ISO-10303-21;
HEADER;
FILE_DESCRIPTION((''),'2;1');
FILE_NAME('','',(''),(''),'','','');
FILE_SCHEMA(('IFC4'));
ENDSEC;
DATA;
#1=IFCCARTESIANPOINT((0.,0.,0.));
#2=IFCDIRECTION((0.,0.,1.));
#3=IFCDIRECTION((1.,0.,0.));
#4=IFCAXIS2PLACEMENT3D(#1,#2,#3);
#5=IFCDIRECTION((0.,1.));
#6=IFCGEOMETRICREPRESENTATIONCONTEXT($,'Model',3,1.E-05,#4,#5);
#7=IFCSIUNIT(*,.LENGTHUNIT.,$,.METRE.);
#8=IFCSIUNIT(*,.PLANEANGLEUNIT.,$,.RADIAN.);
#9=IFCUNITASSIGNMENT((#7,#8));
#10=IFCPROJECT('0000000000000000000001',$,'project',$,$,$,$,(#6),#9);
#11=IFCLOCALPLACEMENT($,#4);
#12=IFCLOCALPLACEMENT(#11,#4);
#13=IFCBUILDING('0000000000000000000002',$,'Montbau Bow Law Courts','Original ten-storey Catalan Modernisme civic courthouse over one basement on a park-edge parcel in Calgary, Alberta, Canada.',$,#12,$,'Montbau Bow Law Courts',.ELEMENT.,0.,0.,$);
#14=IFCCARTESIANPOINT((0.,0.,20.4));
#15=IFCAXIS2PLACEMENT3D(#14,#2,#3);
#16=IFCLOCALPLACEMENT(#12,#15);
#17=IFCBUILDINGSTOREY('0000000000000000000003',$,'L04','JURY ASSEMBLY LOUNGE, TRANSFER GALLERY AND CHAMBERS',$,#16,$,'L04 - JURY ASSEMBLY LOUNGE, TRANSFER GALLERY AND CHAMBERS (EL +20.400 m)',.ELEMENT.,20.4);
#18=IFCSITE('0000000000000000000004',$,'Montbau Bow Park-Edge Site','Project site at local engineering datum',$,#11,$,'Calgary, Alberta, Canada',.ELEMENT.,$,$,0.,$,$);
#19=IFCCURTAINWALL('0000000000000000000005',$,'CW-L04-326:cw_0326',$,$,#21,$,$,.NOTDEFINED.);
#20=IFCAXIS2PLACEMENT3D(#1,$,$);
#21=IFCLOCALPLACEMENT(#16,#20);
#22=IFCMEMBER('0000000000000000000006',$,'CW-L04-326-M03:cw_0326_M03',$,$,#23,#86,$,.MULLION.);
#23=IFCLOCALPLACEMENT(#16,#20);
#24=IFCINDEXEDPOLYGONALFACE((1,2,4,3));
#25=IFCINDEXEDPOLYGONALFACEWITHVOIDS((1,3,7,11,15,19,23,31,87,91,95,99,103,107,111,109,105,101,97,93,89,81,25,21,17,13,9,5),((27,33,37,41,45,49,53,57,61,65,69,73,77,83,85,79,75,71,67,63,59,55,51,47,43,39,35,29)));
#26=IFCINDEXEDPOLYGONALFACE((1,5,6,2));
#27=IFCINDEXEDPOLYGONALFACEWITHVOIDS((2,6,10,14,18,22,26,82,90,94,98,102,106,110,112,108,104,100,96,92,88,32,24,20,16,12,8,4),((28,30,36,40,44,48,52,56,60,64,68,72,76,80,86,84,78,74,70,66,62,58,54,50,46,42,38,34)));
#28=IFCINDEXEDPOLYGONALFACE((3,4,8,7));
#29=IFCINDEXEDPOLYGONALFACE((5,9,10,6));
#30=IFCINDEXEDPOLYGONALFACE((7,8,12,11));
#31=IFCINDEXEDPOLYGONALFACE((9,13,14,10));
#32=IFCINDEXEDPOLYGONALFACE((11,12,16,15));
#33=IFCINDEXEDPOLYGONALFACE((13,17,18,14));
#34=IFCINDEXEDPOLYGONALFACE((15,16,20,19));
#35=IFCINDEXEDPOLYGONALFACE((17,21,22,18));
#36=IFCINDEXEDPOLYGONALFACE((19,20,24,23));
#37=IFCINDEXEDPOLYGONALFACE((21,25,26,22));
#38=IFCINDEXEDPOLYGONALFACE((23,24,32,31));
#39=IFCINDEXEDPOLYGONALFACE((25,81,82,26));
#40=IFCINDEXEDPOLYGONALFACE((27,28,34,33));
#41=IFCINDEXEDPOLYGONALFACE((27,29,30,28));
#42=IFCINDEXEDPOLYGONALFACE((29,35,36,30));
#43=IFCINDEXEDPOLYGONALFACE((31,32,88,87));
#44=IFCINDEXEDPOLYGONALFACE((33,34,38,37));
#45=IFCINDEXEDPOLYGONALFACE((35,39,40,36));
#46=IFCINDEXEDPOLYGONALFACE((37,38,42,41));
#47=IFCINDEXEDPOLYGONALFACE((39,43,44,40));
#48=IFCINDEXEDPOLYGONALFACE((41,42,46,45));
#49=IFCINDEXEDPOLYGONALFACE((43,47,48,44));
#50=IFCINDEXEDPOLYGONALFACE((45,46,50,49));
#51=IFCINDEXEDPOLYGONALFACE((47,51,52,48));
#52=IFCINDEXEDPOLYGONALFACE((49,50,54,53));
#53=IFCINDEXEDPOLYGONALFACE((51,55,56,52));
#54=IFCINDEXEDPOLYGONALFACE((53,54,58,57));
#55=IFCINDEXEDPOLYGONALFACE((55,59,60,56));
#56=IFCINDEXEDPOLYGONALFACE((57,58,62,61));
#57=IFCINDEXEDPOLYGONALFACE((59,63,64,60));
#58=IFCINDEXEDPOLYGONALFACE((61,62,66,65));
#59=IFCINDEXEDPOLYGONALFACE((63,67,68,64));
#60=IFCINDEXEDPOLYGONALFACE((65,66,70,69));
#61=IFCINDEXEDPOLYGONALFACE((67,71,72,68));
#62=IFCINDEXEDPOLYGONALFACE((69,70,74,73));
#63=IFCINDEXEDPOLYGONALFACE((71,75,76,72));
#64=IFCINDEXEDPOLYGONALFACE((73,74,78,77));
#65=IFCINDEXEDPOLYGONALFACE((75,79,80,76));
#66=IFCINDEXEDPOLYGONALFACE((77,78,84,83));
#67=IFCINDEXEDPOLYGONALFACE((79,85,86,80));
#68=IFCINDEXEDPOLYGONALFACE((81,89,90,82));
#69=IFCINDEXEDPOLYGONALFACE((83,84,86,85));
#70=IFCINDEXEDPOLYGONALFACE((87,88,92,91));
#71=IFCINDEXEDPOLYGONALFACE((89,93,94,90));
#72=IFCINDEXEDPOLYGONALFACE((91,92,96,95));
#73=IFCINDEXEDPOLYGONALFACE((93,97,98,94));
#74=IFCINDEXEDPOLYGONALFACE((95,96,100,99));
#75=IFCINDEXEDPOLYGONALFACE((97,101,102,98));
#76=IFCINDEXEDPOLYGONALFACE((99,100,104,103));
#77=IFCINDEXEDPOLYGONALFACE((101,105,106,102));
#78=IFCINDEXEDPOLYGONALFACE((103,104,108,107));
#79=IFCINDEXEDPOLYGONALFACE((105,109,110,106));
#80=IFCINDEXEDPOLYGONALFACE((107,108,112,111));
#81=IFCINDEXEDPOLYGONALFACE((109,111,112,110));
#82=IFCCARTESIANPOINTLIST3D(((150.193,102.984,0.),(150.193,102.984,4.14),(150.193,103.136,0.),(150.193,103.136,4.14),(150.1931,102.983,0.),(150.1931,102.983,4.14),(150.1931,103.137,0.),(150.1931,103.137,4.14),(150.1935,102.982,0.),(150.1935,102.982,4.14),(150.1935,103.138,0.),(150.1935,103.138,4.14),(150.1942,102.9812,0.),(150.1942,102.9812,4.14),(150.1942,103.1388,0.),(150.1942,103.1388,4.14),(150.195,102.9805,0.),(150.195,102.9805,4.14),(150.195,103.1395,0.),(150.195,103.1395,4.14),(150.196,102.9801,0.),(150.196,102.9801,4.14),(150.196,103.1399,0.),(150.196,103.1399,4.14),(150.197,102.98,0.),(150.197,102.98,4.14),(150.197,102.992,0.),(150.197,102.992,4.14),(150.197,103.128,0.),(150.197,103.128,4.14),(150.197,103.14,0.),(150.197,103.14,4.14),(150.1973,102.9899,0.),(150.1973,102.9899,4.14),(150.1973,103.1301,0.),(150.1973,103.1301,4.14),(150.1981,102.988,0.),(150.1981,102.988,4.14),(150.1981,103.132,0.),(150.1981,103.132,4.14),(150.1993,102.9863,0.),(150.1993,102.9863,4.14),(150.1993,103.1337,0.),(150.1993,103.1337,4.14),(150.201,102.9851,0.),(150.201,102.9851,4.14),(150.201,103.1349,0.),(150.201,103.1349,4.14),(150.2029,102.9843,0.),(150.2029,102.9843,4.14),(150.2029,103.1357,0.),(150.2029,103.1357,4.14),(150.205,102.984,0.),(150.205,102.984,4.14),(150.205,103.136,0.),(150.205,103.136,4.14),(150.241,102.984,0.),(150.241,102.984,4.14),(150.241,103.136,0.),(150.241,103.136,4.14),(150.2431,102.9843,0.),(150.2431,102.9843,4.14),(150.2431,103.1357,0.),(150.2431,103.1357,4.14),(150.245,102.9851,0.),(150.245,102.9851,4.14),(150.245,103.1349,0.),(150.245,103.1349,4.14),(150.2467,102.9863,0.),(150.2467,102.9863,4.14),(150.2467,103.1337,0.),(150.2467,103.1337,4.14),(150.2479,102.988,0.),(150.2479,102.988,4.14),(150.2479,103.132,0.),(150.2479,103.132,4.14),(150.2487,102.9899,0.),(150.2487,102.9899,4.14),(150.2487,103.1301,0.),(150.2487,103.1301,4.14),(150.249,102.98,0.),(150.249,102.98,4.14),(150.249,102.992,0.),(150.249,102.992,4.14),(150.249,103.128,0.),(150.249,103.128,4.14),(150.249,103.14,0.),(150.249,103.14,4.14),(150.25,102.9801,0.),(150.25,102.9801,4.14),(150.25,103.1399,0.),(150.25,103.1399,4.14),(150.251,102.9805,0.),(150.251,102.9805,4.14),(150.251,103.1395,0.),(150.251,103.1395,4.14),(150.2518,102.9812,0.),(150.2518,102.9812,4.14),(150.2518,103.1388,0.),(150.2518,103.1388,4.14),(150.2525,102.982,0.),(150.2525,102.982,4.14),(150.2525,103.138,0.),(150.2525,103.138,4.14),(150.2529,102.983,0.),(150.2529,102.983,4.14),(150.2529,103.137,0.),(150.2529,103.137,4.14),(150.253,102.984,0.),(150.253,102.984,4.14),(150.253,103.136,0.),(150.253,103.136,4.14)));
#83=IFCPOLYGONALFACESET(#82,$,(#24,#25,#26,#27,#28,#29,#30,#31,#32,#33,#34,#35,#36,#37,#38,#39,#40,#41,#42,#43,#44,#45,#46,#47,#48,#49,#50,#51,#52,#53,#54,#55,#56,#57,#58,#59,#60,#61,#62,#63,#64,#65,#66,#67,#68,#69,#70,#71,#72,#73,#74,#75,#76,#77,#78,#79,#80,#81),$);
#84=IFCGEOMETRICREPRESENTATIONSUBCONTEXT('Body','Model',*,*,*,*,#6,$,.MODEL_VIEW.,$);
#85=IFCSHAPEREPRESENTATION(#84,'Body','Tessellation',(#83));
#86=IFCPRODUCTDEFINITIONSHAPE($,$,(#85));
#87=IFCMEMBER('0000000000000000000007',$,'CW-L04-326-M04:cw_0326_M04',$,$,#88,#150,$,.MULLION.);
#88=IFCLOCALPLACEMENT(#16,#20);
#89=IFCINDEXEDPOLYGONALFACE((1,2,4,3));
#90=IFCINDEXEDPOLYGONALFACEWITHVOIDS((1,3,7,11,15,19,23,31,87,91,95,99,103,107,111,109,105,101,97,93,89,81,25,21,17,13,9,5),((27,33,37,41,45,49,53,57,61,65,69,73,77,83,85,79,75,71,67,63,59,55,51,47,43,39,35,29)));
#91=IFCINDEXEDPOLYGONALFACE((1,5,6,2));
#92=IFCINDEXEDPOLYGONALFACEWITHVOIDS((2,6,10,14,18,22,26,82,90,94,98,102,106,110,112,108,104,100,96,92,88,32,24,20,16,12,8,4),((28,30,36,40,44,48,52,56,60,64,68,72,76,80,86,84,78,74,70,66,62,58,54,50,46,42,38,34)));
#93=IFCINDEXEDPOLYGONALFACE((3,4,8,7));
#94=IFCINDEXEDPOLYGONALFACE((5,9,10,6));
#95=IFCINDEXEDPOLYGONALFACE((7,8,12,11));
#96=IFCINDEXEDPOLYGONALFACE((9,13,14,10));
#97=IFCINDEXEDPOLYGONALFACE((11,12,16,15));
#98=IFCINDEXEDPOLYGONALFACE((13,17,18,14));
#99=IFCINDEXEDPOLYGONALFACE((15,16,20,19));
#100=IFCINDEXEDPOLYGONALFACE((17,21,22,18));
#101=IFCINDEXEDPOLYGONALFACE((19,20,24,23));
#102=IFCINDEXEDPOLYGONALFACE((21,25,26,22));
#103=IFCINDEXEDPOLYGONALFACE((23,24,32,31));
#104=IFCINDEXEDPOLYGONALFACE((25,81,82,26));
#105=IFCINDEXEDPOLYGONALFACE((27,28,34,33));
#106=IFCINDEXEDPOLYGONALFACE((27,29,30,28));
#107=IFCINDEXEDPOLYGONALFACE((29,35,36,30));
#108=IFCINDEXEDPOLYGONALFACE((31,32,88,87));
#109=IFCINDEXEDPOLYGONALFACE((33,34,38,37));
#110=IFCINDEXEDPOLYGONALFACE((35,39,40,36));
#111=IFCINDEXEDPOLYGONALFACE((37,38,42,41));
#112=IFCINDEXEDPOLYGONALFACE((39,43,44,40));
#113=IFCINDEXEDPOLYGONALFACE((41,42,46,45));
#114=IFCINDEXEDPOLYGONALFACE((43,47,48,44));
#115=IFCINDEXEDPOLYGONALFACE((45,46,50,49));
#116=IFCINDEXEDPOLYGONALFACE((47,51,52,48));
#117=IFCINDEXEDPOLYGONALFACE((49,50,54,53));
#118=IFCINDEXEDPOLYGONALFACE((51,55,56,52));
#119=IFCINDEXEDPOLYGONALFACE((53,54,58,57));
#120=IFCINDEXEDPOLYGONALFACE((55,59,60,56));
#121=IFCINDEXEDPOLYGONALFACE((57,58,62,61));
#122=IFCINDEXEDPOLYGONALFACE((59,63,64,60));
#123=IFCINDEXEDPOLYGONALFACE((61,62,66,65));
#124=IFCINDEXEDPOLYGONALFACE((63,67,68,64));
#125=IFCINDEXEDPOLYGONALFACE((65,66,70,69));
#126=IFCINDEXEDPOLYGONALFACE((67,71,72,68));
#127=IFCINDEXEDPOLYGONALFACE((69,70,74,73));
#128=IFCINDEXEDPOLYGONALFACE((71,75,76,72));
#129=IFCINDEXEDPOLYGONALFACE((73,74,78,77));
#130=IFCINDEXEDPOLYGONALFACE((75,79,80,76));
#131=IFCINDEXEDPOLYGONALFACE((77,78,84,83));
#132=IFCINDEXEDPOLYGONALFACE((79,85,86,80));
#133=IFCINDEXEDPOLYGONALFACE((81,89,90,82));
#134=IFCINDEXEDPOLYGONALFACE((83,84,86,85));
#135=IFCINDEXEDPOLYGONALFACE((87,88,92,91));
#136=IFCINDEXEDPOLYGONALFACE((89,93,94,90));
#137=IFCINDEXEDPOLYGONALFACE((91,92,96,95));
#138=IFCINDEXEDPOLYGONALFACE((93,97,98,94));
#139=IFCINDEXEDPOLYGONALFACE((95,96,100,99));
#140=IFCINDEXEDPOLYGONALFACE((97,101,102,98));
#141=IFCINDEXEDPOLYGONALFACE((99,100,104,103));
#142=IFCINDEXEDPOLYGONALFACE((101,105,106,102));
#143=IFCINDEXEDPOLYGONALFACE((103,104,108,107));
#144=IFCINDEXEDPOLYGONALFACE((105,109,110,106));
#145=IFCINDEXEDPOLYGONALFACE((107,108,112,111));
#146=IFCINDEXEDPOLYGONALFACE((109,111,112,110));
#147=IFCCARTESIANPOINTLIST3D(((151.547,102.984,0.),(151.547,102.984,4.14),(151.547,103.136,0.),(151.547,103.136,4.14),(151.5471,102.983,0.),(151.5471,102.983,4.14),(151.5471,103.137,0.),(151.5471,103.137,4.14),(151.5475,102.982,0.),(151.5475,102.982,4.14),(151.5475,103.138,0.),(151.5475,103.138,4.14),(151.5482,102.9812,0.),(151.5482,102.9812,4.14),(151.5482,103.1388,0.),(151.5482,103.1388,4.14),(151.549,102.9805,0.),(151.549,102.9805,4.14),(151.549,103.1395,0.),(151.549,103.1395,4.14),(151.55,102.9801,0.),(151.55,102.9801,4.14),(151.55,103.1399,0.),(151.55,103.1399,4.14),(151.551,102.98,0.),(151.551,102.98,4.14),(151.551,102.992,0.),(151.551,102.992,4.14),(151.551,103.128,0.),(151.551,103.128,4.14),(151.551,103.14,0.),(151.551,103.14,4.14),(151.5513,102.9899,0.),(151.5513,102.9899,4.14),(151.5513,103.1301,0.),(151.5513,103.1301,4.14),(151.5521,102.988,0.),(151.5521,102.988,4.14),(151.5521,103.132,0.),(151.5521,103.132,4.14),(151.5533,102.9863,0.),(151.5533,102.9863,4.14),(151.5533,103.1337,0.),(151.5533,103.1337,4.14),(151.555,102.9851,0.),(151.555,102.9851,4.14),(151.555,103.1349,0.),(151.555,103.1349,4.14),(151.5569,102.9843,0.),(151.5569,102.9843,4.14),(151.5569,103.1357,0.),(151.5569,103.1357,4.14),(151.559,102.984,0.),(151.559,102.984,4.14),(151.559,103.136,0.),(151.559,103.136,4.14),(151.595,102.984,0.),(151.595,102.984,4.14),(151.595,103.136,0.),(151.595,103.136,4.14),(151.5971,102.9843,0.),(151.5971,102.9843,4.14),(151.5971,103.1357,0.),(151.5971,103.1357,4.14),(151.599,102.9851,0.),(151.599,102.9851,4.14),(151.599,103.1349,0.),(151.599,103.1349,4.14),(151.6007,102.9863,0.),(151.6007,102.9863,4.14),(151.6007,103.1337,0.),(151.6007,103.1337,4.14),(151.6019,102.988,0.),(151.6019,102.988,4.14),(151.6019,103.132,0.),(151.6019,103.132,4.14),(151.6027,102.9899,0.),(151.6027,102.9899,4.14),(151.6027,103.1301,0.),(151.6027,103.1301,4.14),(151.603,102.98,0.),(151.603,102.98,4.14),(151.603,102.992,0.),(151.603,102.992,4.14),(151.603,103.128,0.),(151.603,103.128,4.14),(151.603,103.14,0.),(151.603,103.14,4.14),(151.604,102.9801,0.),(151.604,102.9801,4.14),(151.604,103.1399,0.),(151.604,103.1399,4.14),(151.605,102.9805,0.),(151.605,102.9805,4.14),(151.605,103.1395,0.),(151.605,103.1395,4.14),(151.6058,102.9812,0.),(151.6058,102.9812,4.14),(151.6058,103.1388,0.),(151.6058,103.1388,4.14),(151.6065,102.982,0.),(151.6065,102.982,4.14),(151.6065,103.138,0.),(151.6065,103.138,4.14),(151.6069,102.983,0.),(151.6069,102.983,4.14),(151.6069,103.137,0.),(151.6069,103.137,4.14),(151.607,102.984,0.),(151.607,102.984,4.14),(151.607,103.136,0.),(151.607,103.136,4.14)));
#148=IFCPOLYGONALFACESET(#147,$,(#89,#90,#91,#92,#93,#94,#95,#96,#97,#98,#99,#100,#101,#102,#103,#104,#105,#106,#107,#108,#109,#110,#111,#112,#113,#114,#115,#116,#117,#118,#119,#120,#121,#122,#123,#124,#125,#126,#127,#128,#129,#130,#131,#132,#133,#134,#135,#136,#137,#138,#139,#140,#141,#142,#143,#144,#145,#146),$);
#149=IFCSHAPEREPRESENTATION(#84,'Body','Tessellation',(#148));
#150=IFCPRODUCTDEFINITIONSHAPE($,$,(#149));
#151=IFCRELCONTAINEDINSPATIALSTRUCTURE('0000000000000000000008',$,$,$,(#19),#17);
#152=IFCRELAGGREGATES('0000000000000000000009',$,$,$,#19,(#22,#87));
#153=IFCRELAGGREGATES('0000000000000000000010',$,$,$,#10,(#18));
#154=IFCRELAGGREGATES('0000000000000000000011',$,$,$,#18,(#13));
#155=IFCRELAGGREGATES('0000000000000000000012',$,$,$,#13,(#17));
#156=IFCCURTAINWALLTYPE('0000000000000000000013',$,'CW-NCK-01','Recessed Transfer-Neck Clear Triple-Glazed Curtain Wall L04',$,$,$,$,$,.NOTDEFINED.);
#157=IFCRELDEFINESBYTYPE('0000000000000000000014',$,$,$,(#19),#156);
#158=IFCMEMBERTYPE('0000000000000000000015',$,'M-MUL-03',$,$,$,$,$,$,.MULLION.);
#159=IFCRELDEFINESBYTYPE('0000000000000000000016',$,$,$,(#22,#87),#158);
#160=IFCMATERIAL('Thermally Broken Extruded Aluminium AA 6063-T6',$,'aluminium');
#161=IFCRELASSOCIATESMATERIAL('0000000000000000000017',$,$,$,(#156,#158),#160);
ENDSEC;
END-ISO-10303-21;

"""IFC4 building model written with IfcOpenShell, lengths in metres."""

from ifc_helpers import new_model, si_unit, direction, frame, origin_with_axes, origin_2d_with_axis, place, context, subcontext, project, spatial, hollow_rectangle, extrude, material, material_profile, profile_set, type_object, element, aggregate, save


model = new_model("IFC4")

# Units and contexts
model_context = context("Model", 3, precision=1e-05, world=origin_with_axes(), true_north=direction((0.0, 1.0)))
body_context = subcontext(model_context, "Body", "Model", "MODEL_VIEW")
ifc_project = project(units=[si_unit("LENGTHUNIT", "METRE"), si_unit("PLANEANGLEUNIT", "RADIAN")], contexts=[model_context])

# Site, building, storey
site_placement = place(None, origin_with_axes())
site = spatial("IfcSite", under=ifc_project, at=site_placement, Name="Montbau Bow Park-Edge Site", Description="Project site at local engineering datum", LongName="Calgary, Alberta, Canada", CompositionType="ELEMENT", RefElevation=0.0)
building_placement = place(site_placement, origin_with_axes())
building = spatial("IfcBuilding", under=site, at=building_placement, Name="Montbau Bow Law Courts", Description="Original ten-storey Catalan Modernisme civic courthouse over one basement on a park-edge parcel in Calgary, Alberta, Canada.", LongName="Montbau Bow Law Courts", CompositionType="ELEMENT", ElevationOfRefHeight=0.0, ElevationOfTerrain=0.0)
storey_placement = place(building_placement, frame((0.0, 0.0, 20.4), z_axis=(0.0, 0.0, 1.0), x_axis=(1.0, 0.0, 0.0)))
storey = spatial("IfcBuildingStorey", under=building, at=storey_placement, Name="L04", Description="JURY ASSEMBLY LOUNGE, TRANSFER GALLERY AND CHAMBERS", LongName="L04 - JURY ASSEMBLY LOUNGE, TRANSFER GALLERY AND CHAMBERS (EL +20.400 m)", CompositionType="ELEMENT", Elevation=20.4)

# Curtain wall, members
ifc_material_1 = material(Name="Thermally Broken Extruded Aluminium AA 6063-T6", Category="aluminium")
curtain_wall_type = type_object("IfcCurtainWallType", Name="CW-NCK-01", Description="Recessed Transfer-Neck Clear Triple-Glazed Curtain Wall L04", PredefinedType="NOTDEFINED", material=ifc_material_1)
curtain_wall_placement = place(None, frame((147.515, 103.06, 20.4), z_axis=(0.0, 0.0, 1.0), x_axis=(1.0, 0.0, 0.0)))
curtain_wall = element("IfcCurtainWall", 1, at=curtain_wall_placement, inside=storey, type_object=curtain_wall_type, Name="CW-L04-326:cw_0326", PredefinedType="NOTDEFINED")
ifc_material_profile_1 = material_profile(ifc_material_1, hollow_rectangle(XDim=0.06, YDim=0.16, WallThickness=0.004, InnerFilletRadius=0.008, OuterFilletRadius=0.004, at=origin_2d_with_axis()), Name="CWM-160X60", Category="Main", Priority=0)
ifc_profile_set_1 = profile_set([ifc_material_profile_1], Name="Thermally Broken Extruded Aluminium AA 6063-T6")
member_type_1 = type_object("IfcMemberType", Name="M-MUL-03", PredefinedType="MULLION", material=ifc_profile_set_1)
member_1_placement = place(None, frame((150.223, 103.06, 20.4), z_axis=(0.0, 0.0, 1.0), x_axis=(1.0, 0.0, 0.0)))
member_1 = element("IfcMember", 2, at=member_1_placement, type_object=member_type_1, Name="CW-L04-326-M03:cw_0326_M03", PredefinedType="MULLION", context=body_context, shape_type="SweptSolid", body=[
    extrude(hollow_rectangle(XDim=0.06, YDim=0.16, WallThickness=0.004, InnerFilletRadius=0.008, OuterFilletRadius=0.004, at=origin_2d_with_axis()), origin_with_axes(), (0.0, 0.0, 1.0), 4.14),
])
member_2_placement = place(None, frame((151.577, 103.06, 20.4), z_axis=(0.0, 0.0, 1.0), x_axis=(1.0, 0.0, 0.0)))
member_2 = element("IfcMember", 3, at=member_2_placement, type_object=member_type_1, Name="CW-L04-326-M04:cw_0326_M04", PredefinedType="MULLION", context=body_context, shape_type="SweptSolid", body=[
    extrude(hollow_rectangle(XDim=0.06, YDim=0.16, WallThickness=0.004, InnerFilletRadius=0.008, OuterFilletRadius=0.004, at=origin_2d_with_axis()), origin_with_axes(), (0.0, 0.0, 1.0), 4.14),
])
aggregate(curtain_wall, [member_1, member_2])

save(model, "model.ifc")
